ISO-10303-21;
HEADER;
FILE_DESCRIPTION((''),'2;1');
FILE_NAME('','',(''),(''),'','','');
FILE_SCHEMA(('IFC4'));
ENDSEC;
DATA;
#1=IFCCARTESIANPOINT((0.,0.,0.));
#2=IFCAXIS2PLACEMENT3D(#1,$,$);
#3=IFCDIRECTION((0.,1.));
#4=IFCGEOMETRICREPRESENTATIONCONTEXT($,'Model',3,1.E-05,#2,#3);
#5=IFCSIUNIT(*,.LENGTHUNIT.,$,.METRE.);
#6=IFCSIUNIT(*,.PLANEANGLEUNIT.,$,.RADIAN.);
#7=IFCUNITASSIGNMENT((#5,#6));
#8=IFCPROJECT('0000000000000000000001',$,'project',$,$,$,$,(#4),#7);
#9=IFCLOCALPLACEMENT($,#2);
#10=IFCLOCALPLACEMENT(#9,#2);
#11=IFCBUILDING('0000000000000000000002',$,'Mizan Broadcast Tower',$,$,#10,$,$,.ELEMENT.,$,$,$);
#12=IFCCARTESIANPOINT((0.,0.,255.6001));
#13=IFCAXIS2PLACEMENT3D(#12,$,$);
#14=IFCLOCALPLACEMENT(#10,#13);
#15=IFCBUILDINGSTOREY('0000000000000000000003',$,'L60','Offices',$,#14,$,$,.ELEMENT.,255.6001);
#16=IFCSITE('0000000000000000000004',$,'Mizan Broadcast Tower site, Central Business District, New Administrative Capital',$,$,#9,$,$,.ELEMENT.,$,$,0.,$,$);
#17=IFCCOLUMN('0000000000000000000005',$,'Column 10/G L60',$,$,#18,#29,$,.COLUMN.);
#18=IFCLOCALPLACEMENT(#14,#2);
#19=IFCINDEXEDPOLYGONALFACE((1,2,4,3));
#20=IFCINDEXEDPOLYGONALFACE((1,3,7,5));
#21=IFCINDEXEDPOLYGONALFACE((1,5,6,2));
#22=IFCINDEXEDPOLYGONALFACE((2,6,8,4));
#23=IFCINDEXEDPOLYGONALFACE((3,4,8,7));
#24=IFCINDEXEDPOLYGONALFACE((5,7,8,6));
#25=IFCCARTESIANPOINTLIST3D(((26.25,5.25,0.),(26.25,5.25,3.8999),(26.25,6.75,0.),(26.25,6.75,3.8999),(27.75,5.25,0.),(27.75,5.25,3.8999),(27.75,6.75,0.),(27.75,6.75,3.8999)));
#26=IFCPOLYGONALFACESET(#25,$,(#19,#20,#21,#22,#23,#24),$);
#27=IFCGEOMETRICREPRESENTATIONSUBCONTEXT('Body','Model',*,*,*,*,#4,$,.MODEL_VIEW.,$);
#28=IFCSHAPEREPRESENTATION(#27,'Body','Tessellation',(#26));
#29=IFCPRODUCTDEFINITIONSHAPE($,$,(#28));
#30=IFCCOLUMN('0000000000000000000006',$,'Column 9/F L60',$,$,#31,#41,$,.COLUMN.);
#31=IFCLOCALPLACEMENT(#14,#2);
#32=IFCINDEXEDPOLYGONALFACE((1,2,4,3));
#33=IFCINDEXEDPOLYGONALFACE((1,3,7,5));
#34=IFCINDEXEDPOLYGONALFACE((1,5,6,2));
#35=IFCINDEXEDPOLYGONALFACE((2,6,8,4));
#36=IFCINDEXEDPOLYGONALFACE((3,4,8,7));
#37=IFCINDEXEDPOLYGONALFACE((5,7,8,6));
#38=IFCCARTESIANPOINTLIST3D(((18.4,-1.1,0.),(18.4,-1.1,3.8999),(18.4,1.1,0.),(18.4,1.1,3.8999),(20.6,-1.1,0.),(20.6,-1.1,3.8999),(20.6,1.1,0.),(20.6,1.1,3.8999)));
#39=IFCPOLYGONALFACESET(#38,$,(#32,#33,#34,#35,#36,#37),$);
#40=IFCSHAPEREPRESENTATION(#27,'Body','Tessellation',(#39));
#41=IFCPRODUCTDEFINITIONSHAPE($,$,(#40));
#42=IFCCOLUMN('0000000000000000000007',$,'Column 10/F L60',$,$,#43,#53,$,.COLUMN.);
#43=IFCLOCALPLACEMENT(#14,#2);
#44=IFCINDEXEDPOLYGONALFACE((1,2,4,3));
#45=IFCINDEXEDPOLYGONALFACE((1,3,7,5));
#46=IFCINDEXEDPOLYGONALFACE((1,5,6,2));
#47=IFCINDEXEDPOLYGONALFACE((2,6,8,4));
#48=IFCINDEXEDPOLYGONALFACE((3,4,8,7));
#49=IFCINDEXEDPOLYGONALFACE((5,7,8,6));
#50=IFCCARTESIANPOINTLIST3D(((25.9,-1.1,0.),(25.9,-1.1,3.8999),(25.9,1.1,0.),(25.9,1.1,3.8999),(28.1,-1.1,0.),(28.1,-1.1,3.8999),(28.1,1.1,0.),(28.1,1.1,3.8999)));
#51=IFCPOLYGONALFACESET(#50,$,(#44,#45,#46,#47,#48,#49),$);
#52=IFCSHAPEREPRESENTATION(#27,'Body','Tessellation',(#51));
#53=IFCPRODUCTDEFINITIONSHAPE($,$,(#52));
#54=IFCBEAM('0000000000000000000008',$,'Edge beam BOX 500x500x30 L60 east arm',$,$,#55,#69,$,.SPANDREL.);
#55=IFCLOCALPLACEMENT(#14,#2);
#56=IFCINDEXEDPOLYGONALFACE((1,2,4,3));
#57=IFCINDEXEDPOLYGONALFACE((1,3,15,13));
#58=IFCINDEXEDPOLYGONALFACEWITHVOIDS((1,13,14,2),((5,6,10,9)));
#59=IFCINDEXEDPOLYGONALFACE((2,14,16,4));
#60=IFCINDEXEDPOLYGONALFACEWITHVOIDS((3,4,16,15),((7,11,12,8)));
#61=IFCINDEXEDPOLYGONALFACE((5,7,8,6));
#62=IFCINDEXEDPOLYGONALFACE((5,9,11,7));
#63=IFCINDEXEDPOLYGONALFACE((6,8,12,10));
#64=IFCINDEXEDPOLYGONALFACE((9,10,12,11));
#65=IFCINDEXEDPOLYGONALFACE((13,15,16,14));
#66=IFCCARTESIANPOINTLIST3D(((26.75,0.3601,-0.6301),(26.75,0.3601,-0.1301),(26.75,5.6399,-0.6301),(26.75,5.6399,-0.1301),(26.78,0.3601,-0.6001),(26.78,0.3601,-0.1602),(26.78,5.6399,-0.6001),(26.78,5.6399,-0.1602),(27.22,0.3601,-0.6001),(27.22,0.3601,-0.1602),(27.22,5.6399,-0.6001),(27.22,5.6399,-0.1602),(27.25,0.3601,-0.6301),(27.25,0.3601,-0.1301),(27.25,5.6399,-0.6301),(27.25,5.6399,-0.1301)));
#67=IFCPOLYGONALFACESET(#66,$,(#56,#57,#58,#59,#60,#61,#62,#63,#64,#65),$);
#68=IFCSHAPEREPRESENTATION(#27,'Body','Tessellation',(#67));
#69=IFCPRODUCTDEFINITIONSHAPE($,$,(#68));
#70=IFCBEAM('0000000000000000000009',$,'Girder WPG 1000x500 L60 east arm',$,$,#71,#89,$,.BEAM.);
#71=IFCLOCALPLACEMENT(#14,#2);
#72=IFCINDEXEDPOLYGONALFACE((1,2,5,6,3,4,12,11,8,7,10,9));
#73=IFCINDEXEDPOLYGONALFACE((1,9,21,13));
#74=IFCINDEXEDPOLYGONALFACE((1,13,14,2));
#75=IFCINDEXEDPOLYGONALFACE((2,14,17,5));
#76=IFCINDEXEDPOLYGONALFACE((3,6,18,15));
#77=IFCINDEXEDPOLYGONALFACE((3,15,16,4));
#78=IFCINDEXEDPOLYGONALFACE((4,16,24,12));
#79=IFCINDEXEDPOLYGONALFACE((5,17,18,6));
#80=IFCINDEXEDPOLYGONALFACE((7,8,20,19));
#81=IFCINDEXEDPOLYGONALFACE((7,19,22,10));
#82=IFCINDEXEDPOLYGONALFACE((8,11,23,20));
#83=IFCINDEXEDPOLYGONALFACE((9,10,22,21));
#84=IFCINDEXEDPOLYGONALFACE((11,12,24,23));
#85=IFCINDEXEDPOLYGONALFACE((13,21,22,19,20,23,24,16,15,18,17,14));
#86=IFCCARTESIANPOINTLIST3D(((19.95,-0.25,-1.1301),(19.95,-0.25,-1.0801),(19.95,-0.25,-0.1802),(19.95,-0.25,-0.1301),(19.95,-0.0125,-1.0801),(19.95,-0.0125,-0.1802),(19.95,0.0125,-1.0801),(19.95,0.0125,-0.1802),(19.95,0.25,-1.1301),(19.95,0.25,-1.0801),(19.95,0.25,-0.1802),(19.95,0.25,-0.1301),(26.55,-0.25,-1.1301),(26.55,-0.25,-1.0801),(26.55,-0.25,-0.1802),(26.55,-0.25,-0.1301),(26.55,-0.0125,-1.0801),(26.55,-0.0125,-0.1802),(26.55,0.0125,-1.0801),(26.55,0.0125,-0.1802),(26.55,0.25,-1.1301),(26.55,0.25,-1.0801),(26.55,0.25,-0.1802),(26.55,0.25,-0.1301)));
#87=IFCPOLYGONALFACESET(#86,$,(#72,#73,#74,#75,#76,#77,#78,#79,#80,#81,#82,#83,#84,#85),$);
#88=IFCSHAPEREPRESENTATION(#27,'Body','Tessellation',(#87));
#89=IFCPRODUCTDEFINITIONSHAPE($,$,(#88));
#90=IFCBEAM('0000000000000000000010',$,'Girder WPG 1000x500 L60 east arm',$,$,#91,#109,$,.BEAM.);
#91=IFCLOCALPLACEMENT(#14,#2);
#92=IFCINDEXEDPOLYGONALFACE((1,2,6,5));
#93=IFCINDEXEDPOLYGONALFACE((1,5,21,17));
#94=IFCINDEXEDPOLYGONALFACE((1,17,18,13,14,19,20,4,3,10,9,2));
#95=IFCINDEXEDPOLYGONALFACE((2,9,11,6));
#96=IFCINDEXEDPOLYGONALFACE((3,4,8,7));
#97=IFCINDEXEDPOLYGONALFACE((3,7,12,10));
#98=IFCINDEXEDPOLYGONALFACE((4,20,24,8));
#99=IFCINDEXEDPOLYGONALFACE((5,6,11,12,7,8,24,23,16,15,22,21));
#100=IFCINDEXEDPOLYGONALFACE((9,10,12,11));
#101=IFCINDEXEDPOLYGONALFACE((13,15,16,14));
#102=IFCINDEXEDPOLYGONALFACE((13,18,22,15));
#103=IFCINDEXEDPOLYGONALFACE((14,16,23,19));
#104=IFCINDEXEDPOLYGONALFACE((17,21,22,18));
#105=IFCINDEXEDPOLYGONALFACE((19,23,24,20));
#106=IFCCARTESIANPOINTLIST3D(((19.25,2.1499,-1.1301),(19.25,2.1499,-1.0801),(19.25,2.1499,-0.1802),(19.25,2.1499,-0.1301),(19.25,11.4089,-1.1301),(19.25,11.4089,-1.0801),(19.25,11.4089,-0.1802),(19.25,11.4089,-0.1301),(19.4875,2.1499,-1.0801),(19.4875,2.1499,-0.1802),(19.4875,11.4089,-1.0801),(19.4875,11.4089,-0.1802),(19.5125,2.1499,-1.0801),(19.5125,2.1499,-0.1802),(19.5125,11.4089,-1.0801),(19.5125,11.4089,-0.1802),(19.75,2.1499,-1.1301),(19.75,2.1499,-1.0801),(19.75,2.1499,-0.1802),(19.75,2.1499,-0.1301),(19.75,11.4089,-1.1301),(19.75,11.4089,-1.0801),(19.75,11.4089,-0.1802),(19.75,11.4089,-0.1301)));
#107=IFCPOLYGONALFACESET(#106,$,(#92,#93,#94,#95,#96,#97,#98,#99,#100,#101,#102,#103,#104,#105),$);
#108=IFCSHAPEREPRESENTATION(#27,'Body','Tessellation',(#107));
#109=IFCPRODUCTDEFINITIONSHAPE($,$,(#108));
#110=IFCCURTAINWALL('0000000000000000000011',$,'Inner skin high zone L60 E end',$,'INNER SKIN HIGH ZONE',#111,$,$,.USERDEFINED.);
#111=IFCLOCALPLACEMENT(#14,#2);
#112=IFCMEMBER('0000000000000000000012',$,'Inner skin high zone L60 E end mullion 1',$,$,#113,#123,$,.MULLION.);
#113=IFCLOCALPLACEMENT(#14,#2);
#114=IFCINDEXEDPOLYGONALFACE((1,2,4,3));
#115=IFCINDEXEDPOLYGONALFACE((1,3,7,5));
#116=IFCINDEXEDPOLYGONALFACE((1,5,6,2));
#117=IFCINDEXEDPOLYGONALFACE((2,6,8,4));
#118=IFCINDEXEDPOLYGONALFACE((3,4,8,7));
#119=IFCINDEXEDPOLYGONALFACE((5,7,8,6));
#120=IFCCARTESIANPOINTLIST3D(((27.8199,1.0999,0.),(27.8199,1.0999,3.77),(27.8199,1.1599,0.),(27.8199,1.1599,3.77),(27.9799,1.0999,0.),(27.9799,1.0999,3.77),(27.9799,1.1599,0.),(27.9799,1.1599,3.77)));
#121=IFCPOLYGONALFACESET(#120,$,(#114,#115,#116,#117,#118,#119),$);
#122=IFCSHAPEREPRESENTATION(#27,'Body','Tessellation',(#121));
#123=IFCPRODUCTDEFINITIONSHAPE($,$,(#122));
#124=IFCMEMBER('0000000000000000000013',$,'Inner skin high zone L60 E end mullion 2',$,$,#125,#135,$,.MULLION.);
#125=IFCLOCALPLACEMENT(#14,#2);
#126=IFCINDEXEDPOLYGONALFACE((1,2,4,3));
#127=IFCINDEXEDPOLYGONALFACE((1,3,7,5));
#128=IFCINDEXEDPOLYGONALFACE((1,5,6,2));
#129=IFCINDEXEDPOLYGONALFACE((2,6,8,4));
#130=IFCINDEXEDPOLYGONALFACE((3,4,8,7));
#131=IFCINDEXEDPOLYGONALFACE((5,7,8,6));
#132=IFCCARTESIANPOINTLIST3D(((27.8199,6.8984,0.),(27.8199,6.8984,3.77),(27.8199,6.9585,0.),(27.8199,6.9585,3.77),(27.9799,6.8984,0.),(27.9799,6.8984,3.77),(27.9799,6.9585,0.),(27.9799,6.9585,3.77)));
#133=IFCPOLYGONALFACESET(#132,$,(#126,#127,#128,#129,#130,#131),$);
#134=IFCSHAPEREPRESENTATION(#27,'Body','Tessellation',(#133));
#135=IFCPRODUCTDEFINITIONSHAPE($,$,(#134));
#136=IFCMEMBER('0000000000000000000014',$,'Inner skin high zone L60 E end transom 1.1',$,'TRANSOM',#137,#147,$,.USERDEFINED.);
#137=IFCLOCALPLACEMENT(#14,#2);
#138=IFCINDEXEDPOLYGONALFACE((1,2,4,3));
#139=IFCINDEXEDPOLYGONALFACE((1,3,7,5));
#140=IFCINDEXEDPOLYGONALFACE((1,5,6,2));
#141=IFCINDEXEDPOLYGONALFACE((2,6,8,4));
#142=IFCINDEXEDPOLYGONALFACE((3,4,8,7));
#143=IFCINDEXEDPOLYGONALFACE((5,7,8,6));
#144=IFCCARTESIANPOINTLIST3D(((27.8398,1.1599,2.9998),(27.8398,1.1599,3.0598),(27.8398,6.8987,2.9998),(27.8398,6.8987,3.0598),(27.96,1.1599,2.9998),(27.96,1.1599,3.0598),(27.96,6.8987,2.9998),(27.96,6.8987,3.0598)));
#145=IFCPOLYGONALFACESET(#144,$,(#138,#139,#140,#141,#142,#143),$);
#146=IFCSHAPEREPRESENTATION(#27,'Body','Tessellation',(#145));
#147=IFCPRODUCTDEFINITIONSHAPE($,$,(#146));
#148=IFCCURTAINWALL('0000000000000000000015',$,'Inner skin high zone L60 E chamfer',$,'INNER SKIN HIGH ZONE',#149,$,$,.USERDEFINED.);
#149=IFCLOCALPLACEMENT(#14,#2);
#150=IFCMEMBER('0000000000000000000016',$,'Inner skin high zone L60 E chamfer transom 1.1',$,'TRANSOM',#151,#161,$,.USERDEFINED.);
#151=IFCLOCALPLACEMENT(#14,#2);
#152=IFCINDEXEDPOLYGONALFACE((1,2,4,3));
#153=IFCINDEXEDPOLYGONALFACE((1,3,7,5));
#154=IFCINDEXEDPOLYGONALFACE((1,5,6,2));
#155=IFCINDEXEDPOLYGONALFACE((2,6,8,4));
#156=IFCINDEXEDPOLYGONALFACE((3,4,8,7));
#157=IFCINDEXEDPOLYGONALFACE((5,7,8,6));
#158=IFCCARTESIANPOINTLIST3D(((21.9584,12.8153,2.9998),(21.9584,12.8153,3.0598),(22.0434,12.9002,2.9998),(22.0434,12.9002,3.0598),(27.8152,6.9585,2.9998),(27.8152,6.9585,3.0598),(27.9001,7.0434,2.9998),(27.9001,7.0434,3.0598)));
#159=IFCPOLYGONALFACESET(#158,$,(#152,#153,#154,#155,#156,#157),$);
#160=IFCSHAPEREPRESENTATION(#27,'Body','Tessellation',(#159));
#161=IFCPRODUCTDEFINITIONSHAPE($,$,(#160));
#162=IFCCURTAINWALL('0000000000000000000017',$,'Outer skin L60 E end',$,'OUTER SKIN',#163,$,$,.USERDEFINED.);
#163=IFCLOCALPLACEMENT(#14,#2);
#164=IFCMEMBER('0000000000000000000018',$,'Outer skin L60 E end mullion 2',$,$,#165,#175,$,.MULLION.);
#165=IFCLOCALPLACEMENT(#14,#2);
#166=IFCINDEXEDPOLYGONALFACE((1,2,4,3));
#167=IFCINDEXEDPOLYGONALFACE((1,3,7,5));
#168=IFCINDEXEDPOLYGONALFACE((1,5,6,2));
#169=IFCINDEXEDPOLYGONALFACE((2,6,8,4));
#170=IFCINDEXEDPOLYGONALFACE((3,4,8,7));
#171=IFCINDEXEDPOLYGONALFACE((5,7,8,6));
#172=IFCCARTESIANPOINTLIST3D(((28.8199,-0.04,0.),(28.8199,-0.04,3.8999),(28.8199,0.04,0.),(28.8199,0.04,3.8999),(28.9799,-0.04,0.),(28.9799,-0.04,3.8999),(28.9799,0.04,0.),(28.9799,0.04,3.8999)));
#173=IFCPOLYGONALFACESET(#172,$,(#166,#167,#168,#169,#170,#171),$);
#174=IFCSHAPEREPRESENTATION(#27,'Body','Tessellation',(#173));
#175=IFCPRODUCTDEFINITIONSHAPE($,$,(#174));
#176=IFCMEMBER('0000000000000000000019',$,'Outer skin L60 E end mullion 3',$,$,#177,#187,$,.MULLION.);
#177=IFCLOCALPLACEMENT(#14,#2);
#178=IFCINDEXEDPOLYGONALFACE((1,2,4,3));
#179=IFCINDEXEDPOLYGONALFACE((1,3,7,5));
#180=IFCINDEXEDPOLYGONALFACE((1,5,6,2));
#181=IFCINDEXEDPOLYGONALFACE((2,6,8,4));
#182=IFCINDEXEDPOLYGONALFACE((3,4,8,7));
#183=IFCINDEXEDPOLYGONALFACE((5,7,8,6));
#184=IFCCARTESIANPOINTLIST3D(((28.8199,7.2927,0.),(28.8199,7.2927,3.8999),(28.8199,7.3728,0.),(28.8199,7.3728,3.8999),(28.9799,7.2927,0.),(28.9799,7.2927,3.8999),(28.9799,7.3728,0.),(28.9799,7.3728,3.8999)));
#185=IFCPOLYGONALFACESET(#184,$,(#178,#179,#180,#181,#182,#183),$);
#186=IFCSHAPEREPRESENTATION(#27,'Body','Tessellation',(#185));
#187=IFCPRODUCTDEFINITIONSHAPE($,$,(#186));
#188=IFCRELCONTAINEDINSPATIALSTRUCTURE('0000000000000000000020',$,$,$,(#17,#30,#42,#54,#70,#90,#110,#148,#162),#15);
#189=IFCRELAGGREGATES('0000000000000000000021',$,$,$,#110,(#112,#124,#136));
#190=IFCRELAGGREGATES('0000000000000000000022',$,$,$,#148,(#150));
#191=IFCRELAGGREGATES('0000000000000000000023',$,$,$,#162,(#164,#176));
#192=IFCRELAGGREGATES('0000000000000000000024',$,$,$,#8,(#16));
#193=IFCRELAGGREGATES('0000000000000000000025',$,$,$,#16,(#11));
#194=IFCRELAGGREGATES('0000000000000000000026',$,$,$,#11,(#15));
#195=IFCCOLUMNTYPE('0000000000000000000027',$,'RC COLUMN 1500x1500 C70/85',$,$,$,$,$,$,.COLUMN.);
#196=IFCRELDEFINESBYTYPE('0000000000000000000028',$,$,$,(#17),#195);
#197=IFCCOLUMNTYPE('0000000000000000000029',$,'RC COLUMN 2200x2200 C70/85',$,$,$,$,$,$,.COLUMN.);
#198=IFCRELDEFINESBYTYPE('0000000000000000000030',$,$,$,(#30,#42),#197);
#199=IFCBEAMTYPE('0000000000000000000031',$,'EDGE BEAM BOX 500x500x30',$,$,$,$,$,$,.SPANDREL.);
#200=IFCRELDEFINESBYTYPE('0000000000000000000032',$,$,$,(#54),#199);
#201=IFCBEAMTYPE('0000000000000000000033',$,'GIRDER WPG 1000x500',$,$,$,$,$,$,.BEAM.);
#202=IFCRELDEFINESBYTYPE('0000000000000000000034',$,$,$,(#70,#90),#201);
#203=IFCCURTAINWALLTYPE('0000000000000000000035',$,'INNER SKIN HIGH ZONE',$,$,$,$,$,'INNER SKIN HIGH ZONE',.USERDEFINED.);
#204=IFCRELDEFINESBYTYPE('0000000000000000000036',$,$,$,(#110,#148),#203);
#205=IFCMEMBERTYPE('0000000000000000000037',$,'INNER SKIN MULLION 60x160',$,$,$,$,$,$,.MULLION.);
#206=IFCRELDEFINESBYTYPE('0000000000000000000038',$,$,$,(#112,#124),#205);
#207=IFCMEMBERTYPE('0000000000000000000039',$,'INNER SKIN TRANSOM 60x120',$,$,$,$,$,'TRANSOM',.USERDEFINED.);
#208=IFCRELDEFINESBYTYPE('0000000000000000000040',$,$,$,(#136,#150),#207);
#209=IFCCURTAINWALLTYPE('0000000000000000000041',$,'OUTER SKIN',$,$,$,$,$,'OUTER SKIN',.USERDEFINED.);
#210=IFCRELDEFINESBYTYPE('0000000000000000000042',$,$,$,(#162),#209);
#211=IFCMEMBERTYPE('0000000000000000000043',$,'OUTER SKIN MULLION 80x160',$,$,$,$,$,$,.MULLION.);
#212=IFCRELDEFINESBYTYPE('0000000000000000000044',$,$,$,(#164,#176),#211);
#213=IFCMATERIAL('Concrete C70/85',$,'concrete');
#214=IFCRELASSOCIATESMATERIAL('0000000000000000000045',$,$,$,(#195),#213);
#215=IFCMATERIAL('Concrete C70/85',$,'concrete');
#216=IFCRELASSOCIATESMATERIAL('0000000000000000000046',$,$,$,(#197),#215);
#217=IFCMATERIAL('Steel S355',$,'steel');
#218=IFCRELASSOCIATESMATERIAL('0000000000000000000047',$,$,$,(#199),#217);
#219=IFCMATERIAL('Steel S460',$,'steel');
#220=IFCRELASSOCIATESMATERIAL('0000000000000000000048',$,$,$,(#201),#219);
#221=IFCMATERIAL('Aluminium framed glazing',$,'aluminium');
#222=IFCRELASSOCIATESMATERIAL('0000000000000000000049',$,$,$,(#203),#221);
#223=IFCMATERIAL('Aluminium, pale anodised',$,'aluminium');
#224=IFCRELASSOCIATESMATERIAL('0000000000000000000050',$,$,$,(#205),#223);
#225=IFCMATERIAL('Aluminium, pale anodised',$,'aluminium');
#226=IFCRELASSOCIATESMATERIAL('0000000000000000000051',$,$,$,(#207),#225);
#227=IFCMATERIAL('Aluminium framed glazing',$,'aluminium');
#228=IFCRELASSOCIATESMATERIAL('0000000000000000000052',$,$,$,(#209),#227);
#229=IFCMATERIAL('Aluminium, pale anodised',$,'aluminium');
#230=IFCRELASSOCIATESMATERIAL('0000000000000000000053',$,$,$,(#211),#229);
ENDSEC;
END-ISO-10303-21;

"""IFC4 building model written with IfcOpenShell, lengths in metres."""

from ifc_helpers import new_model, si_unit, direction, frame, origin, origin_2d, place, context, subcontext, project, spatial, rectangle, hollow_rectangle, i_section, extrude, material, material_profile, profile_set, type_object, element, aggregate, save


model = new_model("IFC4")

# Units and contexts
model_context = context("Model", 3, precision=1e-05, world=origin(), true_north=direction((0.0, 1.0)))
body_context = subcontext(model_context, "Body", "Model", "MODEL_VIEW")
ifc_project = project(units=[si_unit("LENGTHUNIT", "METRE"), si_unit("PLANEANGLEUNIT", "RADIAN")], contexts=[model_context])

# Site, building, storey
site_placement = place(None, origin())
site = spatial("IfcSite", under=ifc_project, at=site_placement, Name="Mizan Broadcast Tower site, Central Business District, New Administrative Capital", CompositionType="ELEMENT", RefElevation=0.0)
building_placement = place(site_placement, origin())
building = spatial("IfcBuilding", under=site, at=building_placement, Name="Mizan Broadcast Tower", CompositionType="ELEMENT")
storey_placement = place(building_placement, frame((0.0, 0.0, 255.6001)))
storey = spatial("IfcBuildingStorey", under=building, at=storey_placement, Name="L60", Description="Offices", CompositionType="ELEMENT", Elevation=255.6001)

# Columns
ifc_material_1 = material(Name="Concrete C70/85", Category="concrete")
ifc_material_profile_1 = material_profile(ifc_material_1, rectangle(XDim=1.5, YDim=1.5, at=origin_2d()), Name="RC 1500x1500")
ifc_profile_set_1 = profile_set([ifc_material_profile_1], Name="Concrete C70/85")
column_type_1 = type_object("IfcColumnType", Name="RC COLUMN 1500x1500 C70/85", PredefinedType="COLUMN", material=ifc_profile_set_1)
column_placement = place(storey_placement, frame((27.0, 6.0, 0.0), z_axis=(0.0, 0.0, 1.0), x_axis=(1.0, 0.0, 0.0)))
element("IfcColumn", 1, at=column_placement, inside=storey, type_object=column_type_1, Name="Column 10/G L60", PredefinedType="COLUMN", context=body_context, shape_type="SweptSolid", body=[
    extrude(rectangle(XDim=1.5, YDim=1.5, at=origin_2d()), origin(), (0.0, 0.0, 1.0), 3.8999),
])
ifc_material_2 = material(Name="Concrete C70/85", Category="concrete")
ifc_material_profile_2 = material_profile(ifc_material_2, rectangle(XDim=2.2, YDim=2.2, at=origin_2d()), Name="RC 2200x2200")
ifc_profile_set_2 = profile_set([ifc_material_profile_2], Name="Concrete C70/85")
column_type_2 = type_object("IfcColumnType", Name="RC COLUMN 2200x2200 C70/85", PredefinedType="COLUMN", material=ifc_profile_set_2)
for number, where, z_axis, x_axis, name in (
    (2, (19.5, 0.0, 0.0), (0.0, 0.0, 1.0), (1.0, 0.0, 0.0), "Column 9/F L60"),
    (3, (27.0, 0.0, 0.0), (0.0, 0.0, 1.0), (1.0, 0.0, 0.0), "Column 10/F L60"),
):
    element("IfcColumn", number, at=place(storey_placement, frame(where, z_axis=z_axis, x_axis=x_axis)), inside=storey, type_object=column_type_2, Name=name, PredefinedType="COLUMN", context=body_context, shape_type="SweptSolid", body=[
        extrude(rectangle(XDim=2.2, YDim=2.2, at=origin_2d()), origin(), (0.0, 0.0, 1.0), 3.8999),
    ])

# Beams
ifc_material_3 = material(Name="Steel S355", Category="steel")
ifc_material_profile_3 = material_profile(ifc_material_3, hollow_rectangle(XDim=0.5, YDim=0.5, WallThickness=0.03, at=origin_2d()), Name="BOX 500x500x30")
ifc_profile_set_3 = profile_set([ifc_material_profile_3], Name="Steel S355")
beam_type_1 = type_object("IfcBeamType", Name="EDGE BEAM BOX 500x500x30", PredefinedType="SPANDREL", material=ifc_profile_set_3)
beam_1_placement = place(storey_placement, frame((27.0, 5.6399, -0.3801), z_axis=(0.0, -1.0, 0.0), x_axis=(1.0, 0.0, 0.0)))
element("IfcBeam", 4, at=beam_1_placement, inside=storey, type_object=beam_type_1, Name="Edge beam BOX 500x500x30 L60 east arm", PredefinedType="SPANDREL", context=body_context, shape_type="SweptSolid", body=[
    extrude(hollow_rectangle(XDim=0.5, YDim=0.5, WallThickness=0.03, at=origin_2d()), origin(), (0.0, 0.0, 1.0), 5.2798),
])
ifc_material_4 = material(Name="Steel S460", Category="steel")
ifc_material_profile_4 = material_profile(ifc_material_4, i_section(OverallWidth=0.5, OverallDepth=1.0, WebThickness=0.0249, FlangeThickness=0.05, at=origin_2d()), Name="WPG 1000x500")
ifc_profile_set_4 = profile_set([ifc_material_profile_4], Name="Steel S460")
beam_type_2 = type_object("IfcBeamType", Name="GIRDER WPG 1000x500", PredefinedType="BEAM", material=ifc_profile_set_4)
beam_2_placement = place(storey_placement, frame((19.95, 0.0, -0.6301), z_axis=(1.0, 0.0, 0.0), x_axis=(0.0, 1.0, 0.0)))
element("IfcBeam", 5, at=beam_2_placement, inside=storey, type_object=beam_type_2, Name="Girder WPG 1000x500 L60 east arm", PredefinedType="BEAM", context=body_context, shape_type="SweptSolid", body=[
    extrude(i_section(OverallWidth=0.5, OverallDepth=1.0, WebThickness=0.0249, FlangeThickness=0.05, at=origin_2d()), origin(), (0.0, 0.0, 1.0), 6.6001),
])
beam_3_placement = place(storey_placement, frame((19.5, 11.4089, -0.6301), z_axis=(0.0, -1.0, 0.0), x_axis=(1.0, 0.0, 0.0)))
element("IfcBeam", 6, at=beam_3_placement, inside=storey, type_object=beam_type_2, Name="Girder WPG 1000x500 L60 east arm", PredefinedType="BEAM", context=body_context, shape_type="SweptSolid", body=[
    extrude(i_section(OverallWidth=0.5, OverallDepth=1.0, WebThickness=0.0249, FlangeThickness=0.05, at=origin_2d()), origin(), (0.0, 0.0, 1.0), 9.259),
])

# Curtain wall, members
ifc_material_5 = material(Name="Aluminium framed glazing", Category="aluminium")
curtain_wall_type_1 = type_object("IfcCurtainWallType", Name="INNER SKIN HIGH ZONE", ElementType="INNER SKIN HIGH ZONE", PredefinedType="USERDEFINED", material=ifc_material_5)
curtain_wall_1_placement = place(storey_placement, origin())
curtain_wall_1 = element("IfcCurtainWall", 7, at=curtain_wall_1_placement, inside=storey, type_object=curtain_wall_type_1, Name="Inner skin high zone L60 E end", ObjectType="INNER SKIN HIGH ZONE", PredefinedType="USERDEFINED")
ifc_material_6 = material(Name="Aluminium, pale anodised", Category="aluminium")
ifc_material_profile_5 = material_profile(ifc_material_6, rectangle(XDim=0.1599, YDim=0.0601, at=origin_2d()), Name="MULLION 160x60")
ifc_profile_set_5 = profile_set([ifc_material_profile_5], Name="Aluminium, pale anodised")
member_type_1 = type_object("IfcMemberType", Name="INNER SKIN MULLION 60x160", PredefinedType="MULLION", material=ifc_profile_set_5)
member_1_placement = place(storey_placement, frame((27.8999, 1.1299, 0.0), z_axis=(0.0, 0.0, 1.0), x_axis=(-1.0, 0.0, 0.0)))
member_1 = element("IfcMember", 8, at=member_1_placement, type_object=member_type_1, Name="Inner skin high zone L60 E end mullion 1", PredefinedType="MULLION", context=body_context, shape_type="SweptSolid", body=[
    extrude(rectangle(XDim=0.1599, YDim=0.0601, at=origin_2d()), origin(), (0.0, 0.0, 1.0), 3.77),
])
member_2_placement = place(storey_placement, frame((27.8999, 6.9285, 0.0), z_axis=(0.0, 0.0, 1.0), x_axis=(-1.0, 0.0, 0.0)))
member_2 = element("IfcMember", 9, at=member_2_placement, type_object=member_type_1, Name="Inner skin high zone L60 E end mullion 2", PredefinedType="MULLION", context=body_context, shape_type="SweptSolid", body=[
    extrude(rectangle(XDim=0.1599, YDim=0.0601, at=origin_2d()), origin(), (0.0, 0.0, 1.0), 3.77),
])
ifc_material_7 = material(Name="Aluminium, pale anodised", Category="aluminium")
ifc_material_profile_6 = material_profile(ifc_material_7, rectangle(XDim=0.1201, YDim=0.0601, at=origin_2d()), Name="TRANSOM 120x60")
ifc_profile_set_6 = profile_set([ifc_material_profile_6], Name="Aluminium, pale anodised")
member_type_2 = type_object("IfcMemberType", Name="INNER SKIN TRANSOM 60x120", ElementType="TRANSOM", PredefinedType="USERDEFINED", material=ifc_profile_set_6)
member_3_placement = place(storey_placement, frame((27.8999, 1.1599, 3.0298), z_axis=(0.0, 1.0, 0.0), x_axis=(-1.0, 0.0, 0.0)))
member_3 = element("IfcMember", 10, at=member_3_placement, type_object=member_type_2, Name="Inner skin high zone L60 E end transom 1.1", ObjectType="TRANSOM", PredefinedType="USERDEFINED", context=body_context, shape_type="SweptSolid", body=[
    extrude(rectangle(XDim=0.1201, YDim=0.0601, at=origin_2d()), origin(), (0.0, 0.0, 1.0), 5.7388),
])

# Curtain wall, member
curtain_wall_2_placement = place(storey_placement, origin())
curtain_wall_2 = element("IfcCurtainWall", 11, at=curtain_wall_2_placement, inside=storey, type_object=curtain_wall_type_1, Name="Inner skin high zone L60 E chamfer", ObjectType="INNER SKIN HIGH ZONE", PredefinedType="USERDEFINED")
member_4_placement = place(storey_placement, frame((27.8577, 7.001, 3.0298), z_axis=(-0.707107, 0.707107, 0.0), x_axis=(-0.707107, -0.707107, 0.0)))
member_4 = element("IfcMember", 12, at=member_4_placement, type_object=member_type_2, Name="Inner skin high zone L60 E chamfer transom 1.1", ObjectType="TRANSOM", PredefinedType="USERDEFINED", context=body_context, shape_type="SweptSolid", body=[
    extrude(rectangle(XDim=0.1201, YDim=0.0601, at=origin_2d()), origin(), (0.0, 0.0, 1.0), 8.2827),
])

# Curtain wall, members
ifc_material_8 = material(Name="Aluminium framed glazing", Category="aluminium")
curtain_wall_type_2 = type_object("IfcCurtainWallType", Name="OUTER SKIN", ElementType="OUTER SKIN", PredefinedType="USERDEFINED", material=ifc_material_8)
curtain_wall_3_placement = place(storey_placement, origin())
curtain_wall_3 = element("IfcCurtainWall", 13, at=curtain_wall_3_placement, inside=storey, type_object=curtain_wall_type_2, Name="Outer skin L60 E end", ObjectType="OUTER SKIN", PredefinedType="USERDEFINED")
ifc_material_9 = material(Name="Aluminium, pale anodised", Category="aluminium")
ifc_material_profile_7 = material_profile(ifc_material_9, rectangle(XDim=0.1599, YDim=0.0801, at=origin_2d()), Name="MULLION 160x80")
ifc_profile_set_7 = profile_set([ifc_material_profile_7], Name="Aluminium, pale anodised")
member_type_3 = type_object("IfcMemberType", Name="OUTER SKIN MULLION 80x160", PredefinedType="MULLION", material=ifc_profile_set_7)
member_5_placement = place(storey_placement, frame((28.8999, 0.0, 0.0), z_axis=(0.0, 0.0, 1.0), x_axis=(-1.0, 0.0, 0.0)))
member_5 = element("IfcMember", 14, at=member_5_placement, type_object=member_type_3, Name="Outer skin L60 E end mullion 2", PredefinedType="MULLION", context=body_context, shape_type="SweptSolid", body=[
    extrude(rectangle(XDim=0.1599, YDim=0.0801, at=origin_2d()), origin(), (0.0, 0.0, 1.0), 3.8999),
])
member_6_placement = place(storey_placement, frame((28.8999, 7.3328, 0.0), z_axis=(0.0, 0.0, 1.0), x_axis=(-1.0, 0.0, 0.0)))
member_6 = element("IfcMember", 15, at=member_6_placement, type_object=member_type_3, Name="Outer skin L60 E end mullion 3", PredefinedType="MULLION", context=body_context, shape_type="SweptSolid", body=[
    extrude(rectangle(XDim=0.1599, YDim=0.0801, at=origin_2d()), origin(), (0.0, 0.0, 1.0), 3.8999),
])

aggregate(curtain_wall_1, [member_1, member_2, member_3])
aggregate(curtain_wall_2, [member_4])
aggregate(curtain_wall_3, [member_5, member_6])

save(model, "model.ifc")
